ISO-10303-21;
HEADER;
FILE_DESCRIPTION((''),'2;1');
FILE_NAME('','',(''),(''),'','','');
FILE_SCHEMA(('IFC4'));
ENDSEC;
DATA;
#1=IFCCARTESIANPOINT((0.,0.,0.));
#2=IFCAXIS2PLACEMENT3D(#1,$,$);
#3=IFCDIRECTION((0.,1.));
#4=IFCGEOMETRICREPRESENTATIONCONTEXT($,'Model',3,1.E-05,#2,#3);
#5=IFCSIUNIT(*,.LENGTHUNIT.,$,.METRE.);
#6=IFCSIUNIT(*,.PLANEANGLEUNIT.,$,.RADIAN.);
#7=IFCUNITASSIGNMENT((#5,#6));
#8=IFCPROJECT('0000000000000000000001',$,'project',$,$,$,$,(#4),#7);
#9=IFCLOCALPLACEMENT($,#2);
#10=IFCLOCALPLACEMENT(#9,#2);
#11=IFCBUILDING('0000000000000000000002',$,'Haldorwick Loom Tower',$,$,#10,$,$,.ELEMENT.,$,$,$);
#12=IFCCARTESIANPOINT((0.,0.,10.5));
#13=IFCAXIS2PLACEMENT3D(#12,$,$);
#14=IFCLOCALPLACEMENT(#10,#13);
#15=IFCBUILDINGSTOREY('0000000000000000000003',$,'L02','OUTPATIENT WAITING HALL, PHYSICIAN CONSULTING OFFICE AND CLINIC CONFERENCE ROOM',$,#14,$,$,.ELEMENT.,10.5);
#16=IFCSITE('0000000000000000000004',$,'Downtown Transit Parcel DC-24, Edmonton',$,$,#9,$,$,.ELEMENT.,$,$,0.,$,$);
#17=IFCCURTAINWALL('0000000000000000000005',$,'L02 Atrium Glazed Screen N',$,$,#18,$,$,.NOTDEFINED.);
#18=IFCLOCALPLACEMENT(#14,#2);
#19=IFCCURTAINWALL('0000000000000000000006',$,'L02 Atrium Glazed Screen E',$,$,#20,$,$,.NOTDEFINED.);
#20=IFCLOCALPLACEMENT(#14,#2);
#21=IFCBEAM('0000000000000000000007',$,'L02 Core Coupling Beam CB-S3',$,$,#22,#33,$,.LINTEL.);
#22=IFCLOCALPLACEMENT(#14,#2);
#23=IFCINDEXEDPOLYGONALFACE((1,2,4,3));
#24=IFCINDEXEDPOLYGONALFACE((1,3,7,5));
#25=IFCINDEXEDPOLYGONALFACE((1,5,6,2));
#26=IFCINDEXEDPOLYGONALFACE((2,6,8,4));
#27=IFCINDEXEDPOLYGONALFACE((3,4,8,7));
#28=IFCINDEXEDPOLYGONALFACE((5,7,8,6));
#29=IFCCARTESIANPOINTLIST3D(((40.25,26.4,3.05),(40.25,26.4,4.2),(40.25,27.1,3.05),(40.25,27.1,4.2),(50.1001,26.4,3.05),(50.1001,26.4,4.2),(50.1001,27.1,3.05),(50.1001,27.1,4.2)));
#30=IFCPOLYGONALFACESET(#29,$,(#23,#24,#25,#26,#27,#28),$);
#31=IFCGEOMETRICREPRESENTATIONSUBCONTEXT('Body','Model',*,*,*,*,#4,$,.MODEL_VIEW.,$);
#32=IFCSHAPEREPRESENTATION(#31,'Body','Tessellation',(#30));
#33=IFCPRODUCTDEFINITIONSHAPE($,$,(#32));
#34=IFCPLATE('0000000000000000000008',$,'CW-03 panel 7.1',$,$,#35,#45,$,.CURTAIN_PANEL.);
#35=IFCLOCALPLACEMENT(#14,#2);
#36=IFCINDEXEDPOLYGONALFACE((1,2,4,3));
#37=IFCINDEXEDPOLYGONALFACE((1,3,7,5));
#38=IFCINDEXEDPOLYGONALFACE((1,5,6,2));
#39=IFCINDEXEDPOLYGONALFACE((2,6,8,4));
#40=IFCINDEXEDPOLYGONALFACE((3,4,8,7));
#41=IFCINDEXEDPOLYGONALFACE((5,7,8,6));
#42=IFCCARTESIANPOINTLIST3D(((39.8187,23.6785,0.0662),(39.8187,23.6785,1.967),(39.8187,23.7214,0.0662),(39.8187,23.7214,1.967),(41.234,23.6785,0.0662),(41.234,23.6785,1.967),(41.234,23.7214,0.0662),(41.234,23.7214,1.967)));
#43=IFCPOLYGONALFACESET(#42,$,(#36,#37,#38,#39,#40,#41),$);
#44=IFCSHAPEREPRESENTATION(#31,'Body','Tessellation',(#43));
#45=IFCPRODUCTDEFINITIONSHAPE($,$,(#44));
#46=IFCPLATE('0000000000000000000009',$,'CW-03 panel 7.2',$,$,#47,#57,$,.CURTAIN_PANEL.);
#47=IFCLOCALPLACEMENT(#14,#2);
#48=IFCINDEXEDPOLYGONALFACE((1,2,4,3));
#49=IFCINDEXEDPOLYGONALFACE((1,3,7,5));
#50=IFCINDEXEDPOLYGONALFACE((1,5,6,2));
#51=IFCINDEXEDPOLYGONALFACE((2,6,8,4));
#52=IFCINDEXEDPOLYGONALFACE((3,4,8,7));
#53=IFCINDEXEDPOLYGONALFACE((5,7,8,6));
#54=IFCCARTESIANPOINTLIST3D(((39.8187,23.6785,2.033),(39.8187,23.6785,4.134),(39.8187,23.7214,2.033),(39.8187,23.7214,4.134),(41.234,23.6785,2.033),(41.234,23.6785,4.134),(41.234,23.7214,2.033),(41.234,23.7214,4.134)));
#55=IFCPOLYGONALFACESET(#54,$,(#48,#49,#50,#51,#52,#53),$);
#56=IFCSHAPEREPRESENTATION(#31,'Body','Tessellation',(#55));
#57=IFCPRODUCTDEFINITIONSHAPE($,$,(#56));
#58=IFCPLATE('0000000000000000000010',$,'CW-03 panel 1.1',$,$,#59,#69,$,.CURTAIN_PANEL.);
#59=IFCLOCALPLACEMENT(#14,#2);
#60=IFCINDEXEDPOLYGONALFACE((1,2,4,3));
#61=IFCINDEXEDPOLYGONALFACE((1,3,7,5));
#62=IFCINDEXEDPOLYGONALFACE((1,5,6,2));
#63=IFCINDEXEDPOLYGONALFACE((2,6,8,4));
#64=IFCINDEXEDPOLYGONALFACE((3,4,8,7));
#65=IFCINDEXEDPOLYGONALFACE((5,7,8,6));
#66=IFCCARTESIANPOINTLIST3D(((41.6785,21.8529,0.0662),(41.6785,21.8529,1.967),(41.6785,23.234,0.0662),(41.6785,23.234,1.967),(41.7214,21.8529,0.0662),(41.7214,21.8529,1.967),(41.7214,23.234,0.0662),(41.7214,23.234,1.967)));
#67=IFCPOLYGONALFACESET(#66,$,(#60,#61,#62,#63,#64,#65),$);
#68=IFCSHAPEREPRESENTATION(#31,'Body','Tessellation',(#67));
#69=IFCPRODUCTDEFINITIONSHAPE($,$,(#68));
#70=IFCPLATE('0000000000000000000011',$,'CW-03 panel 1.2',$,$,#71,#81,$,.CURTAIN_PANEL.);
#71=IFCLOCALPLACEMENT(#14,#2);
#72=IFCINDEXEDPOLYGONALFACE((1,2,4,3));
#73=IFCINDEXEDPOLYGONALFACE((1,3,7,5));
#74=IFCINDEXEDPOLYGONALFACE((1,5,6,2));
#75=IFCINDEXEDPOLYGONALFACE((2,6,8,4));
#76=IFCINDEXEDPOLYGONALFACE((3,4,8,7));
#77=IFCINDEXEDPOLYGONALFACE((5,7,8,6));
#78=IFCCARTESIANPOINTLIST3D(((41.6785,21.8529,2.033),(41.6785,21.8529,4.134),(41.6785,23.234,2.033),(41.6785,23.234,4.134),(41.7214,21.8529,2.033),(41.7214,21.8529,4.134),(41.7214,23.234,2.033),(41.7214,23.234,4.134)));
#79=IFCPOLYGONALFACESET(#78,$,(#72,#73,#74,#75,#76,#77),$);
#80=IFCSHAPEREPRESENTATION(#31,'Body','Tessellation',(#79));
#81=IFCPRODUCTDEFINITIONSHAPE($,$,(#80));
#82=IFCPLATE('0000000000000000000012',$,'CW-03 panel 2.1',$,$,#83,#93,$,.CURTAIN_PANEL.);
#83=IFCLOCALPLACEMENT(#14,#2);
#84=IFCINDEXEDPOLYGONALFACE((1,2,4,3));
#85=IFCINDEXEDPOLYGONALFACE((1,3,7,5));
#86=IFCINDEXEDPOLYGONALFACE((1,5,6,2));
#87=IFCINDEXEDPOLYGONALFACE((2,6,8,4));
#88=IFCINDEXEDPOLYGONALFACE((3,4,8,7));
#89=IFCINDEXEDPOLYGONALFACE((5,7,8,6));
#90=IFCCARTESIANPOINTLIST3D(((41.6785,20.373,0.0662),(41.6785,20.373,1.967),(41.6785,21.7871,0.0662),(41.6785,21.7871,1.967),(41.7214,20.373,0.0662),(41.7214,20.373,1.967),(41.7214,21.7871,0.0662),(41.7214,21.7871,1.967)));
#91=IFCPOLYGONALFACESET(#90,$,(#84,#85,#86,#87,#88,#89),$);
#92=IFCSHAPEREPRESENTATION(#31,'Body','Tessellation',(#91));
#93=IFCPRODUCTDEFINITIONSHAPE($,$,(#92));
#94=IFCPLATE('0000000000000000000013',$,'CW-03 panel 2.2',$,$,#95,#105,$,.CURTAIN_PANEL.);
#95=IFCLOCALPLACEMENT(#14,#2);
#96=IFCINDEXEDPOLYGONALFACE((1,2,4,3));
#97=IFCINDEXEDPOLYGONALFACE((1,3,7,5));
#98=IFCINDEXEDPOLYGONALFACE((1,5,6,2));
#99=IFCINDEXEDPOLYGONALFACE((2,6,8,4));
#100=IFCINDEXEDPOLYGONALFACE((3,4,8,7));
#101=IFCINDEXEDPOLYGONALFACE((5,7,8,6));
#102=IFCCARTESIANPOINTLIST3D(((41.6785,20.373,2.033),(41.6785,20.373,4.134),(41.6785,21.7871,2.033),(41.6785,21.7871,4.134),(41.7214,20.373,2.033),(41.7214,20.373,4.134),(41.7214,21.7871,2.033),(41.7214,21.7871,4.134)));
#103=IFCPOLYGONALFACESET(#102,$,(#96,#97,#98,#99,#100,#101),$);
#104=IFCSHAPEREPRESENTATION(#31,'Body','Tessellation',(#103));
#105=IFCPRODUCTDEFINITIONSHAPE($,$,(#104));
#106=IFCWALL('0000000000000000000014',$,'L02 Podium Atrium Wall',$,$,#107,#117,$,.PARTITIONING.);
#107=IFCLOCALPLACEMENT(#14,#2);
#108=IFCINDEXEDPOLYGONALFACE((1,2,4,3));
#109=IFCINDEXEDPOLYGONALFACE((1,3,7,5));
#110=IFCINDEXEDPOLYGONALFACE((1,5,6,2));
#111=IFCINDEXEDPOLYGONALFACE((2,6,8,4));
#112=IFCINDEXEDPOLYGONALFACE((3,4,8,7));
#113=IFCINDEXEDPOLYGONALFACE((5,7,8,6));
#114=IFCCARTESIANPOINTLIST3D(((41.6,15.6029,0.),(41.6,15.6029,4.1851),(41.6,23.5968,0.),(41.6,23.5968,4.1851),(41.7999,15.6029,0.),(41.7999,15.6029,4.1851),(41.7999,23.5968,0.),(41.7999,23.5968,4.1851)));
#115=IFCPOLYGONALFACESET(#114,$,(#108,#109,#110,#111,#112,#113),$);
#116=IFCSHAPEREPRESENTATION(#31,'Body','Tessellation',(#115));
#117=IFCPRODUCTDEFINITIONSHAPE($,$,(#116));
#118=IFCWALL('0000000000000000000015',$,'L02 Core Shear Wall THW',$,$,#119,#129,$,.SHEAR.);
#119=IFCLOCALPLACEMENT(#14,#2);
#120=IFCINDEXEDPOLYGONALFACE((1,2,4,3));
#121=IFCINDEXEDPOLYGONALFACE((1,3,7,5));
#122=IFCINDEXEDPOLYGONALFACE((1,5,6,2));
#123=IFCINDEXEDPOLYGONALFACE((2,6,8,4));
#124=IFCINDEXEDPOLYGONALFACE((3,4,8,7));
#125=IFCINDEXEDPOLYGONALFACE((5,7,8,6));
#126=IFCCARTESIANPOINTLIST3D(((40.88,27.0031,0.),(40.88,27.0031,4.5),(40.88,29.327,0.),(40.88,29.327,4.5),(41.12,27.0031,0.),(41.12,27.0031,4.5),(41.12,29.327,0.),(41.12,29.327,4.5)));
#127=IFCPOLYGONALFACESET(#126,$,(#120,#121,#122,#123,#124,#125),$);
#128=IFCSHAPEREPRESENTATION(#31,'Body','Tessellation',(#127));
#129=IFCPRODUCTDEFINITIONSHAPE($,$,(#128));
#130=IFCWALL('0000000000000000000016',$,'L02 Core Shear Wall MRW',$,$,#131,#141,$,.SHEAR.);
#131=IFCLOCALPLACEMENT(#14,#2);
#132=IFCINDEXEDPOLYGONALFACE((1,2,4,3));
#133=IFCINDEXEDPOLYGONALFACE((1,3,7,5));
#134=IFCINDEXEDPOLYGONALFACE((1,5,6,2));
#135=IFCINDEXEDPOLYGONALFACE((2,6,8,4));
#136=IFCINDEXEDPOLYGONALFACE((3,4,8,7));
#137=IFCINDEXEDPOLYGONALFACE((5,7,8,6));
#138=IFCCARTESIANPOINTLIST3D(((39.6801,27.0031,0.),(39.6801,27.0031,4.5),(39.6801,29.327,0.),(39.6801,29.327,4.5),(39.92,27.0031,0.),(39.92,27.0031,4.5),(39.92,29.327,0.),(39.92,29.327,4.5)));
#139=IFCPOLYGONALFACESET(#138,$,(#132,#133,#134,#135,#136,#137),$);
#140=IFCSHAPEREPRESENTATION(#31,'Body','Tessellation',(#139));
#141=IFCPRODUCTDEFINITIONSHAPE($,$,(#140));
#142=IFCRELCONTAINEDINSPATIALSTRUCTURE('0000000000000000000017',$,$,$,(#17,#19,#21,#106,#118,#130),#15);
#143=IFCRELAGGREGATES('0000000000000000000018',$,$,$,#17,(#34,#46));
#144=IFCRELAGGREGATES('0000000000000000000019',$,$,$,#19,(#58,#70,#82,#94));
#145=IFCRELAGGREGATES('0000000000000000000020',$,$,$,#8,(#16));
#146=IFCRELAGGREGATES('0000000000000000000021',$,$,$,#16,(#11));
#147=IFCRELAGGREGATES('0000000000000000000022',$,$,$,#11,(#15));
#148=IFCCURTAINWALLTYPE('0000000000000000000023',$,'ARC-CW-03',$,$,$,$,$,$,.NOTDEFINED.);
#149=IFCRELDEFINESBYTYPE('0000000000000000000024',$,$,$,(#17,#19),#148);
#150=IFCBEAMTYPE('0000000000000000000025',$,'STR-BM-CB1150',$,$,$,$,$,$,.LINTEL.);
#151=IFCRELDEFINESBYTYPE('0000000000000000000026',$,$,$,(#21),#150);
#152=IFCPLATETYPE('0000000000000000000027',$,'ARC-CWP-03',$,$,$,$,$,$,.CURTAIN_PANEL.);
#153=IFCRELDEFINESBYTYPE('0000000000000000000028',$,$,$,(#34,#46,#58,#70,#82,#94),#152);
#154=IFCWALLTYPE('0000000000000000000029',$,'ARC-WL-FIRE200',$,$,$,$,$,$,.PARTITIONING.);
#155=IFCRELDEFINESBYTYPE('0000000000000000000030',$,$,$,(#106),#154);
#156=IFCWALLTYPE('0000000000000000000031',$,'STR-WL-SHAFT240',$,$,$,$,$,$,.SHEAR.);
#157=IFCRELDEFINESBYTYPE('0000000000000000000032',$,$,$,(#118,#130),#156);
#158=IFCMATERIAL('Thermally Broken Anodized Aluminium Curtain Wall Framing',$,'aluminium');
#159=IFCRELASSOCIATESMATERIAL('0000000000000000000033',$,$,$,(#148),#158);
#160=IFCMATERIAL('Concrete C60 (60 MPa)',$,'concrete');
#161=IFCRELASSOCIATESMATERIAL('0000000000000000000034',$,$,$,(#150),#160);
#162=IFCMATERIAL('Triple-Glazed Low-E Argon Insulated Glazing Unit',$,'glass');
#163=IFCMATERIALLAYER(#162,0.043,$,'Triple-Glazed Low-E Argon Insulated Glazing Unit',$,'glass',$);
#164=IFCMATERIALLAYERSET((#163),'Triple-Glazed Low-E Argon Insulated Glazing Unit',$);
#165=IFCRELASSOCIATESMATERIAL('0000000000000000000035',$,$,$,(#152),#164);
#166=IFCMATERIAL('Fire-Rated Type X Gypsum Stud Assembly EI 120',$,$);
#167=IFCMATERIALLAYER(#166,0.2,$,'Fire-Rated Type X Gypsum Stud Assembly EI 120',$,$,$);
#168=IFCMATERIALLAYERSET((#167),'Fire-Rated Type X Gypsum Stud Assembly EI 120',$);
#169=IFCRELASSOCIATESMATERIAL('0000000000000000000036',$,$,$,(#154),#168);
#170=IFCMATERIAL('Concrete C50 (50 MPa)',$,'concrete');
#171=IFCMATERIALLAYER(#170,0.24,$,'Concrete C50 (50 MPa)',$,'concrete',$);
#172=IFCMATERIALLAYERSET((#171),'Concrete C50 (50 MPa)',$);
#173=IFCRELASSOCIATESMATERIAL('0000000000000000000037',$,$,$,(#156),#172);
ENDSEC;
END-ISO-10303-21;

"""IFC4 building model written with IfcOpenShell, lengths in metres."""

from ifc_helpers import new_model, si_unit, direction, frame, frame_2d, origin, origin_2d, place, context, subcontext, project, spatial, rectangle, extrude, material, layer, layer_set, material_profile, profile_set, type_object, element, aggregate, save


model = new_model("IFC4")

# Units and contexts
model_context = context("Model", 3, precision=1e-05, world=origin(), true_north=direction((0.0, 1.0)))
body_context = subcontext(model_context, "Body", "Model", "MODEL_VIEW")
ifc_project = project(units=[si_unit("LENGTHUNIT", "METRE"), si_unit("PLANEANGLEUNIT", "RADIAN")], contexts=[model_context])

# Site, building, storey
site_placement = place(None, origin())
site = spatial("IfcSite", under=ifc_project, at=site_placement, Name="Downtown Transit Parcel DC-24, Edmonton", CompositionType="ELEMENT", RefElevation=0.0)
building_placement = place(site_placement, origin())
building = spatial("IfcBuilding", under=site, at=building_placement, Name="Haldorwick Loom Tower", CompositionType="ELEMENT")
storey_placement = place(building_placement, frame((0.0, 0.0, 10.5)))
storey = spatial("IfcBuildingStorey", under=building, at=storey_placement, Name="L02", Description="OUTPATIENT WAITING HALL, PHYSICIAN CONSULTING OFFICE AND CLINIC CONFERENCE ROOM", CompositionType="ELEMENT", Elevation=10.5)

# Curtain walls
ifc_material_1 = material(Name="Thermally Broken Anodized Aluminium Curtain Wall Framing", Category="aluminium")
curtain_wall_type = type_object("IfcCurtainWallType", Name="ARC-CW-03", PredefinedType="NOTDEFINED", material=ifc_material_1)
curtain_wall_1_placement = place(storey_placement, origin())
curtain_wall_1 = element("IfcCurtainWall", 1, at=curtain_wall_1_placement, inside=storey, type_object=curtain_wall_type, Name="L02 Atrium Glazed Screen N", PredefinedType="NOTDEFINED")
curtain_wall_2_placement = place(storey_placement, origin())
curtain_wall_2 = element("IfcCurtainWall", 2, at=curtain_wall_2_placement, inside=storey, type_object=curtain_wall_type, Name="L02 Atrium Glazed Screen E", PredefinedType="NOTDEFINED")

# Beam
ifc_material_2 = material(Name="Concrete C60 (60 MPa)", Category="concrete")
ifc_material_profile_1 = material_profile(ifc_material_2, rectangle(XDim=0.7, YDim=1.1499, at=origin_2d()), Name="RC700X1150", Category="concrete")
ifc_profile_set_1 = profile_set([ifc_material_profile_1], Name="Concrete C60 (60 MPa)")
beam_type = type_object("IfcBeamType", Name="STR-BM-CB1150", PredefinedType="LINTEL", material=ifc_profile_set_1)
beam_placement = place(storey_placement, frame((40.25, 26.75, 3.625), z_axis=(1.0, 0.0, 0.0), x_axis=(0.0, 1.0, 0.0)))
element("IfcBeam", 3, at=beam_placement, inside=storey, type_object=beam_type, Name="L02 Core Coupling Beam CB-S3", PredefinedType="LINTEL", context=body_context, shape_type="SweptSolid", body=[
    extrude(rectangle(XDim=0.7, YDim=1.1499, at=origin_2d()), origin(), (0.0, 0.0, 1.0), 9.8501),
])

# Plates
ifc_material_3 = material(Name="Triple-Glazed Low-E Argon Insulated Glazing Unit", Category="glass")
ifc_layer_1 = layer(ifc_material_3, 0.043, Name="Triple-Glazed Low-E Argon Insulated Glazing Unit", Category="glass")
ifc_layer_set_1 = layer_set([ifc_layer_1], Name="Triple-Glazed Low-E Argon Insulated Glazing Unit")
plate_type = type_object("IfcPlateType", Name="ARC-CWP-03", PredefinedType="CURTAIN_PANEL", material=ifc_layer_set_1)
plate_1_placement = place(storey_placement, frame((40.5264, 23.7, 0.0662), z_axis=(0.0, 0.0, 1.0), x_axis=(1.0, 0.0, 0.0)))
plate_1 = element("IfcPlate", 4, at=plate_1_placement, type_object=plate_type, Name="CW-03 panel 7.1", PredefinedType="CURTAIN_PANEL", context=body_context, shape_type="SweptSolid", body=[
    extrude(rectangle(XDim=1.4153, YDim=0.043, at=origin_2d()), origin(), (0.0, 0.0, 1.0), 1.9009),
])
plate_2_placement = place(storey_placement, frame((40.5264, 23.7, 2.033), z_axis=(0.0, 0.0, 1.0), x_axis=(1.0, 0.0, 0.0)))
plate_2 = element("IfcPlate", 5, at=plate_2_placement, type_object=plate_type, Name="CW-03 panel 7.2", PredefinedType="CURTAIN_PANEL", context=body_context, shape_type="SweptSolid", body=[
    extrude(rectangle(XDim=1.4153, YDim=0.043, at=origin_2d()), origin(), (0.0, 0.0, 1.0), 2.1011),
])
aggregate(curtain_wall_1, [plate_1, plate_2])
plate_3_placement = place(storey_placement, frame((41.7, 22.5435, 0.0662), z_axis=(0.0, 0.0, 1.0), x_axis=(0.0, -1.0, 0.0)))
plate_3 = element("IfcPlate", 6, at=plate_3_placement, type_object=plate_type, Name="CW-03 panel 1.1", PredefinedType="CURTAIN_PANEL", context=body_context, shape_type="SweptSolid", body=[
    extrude(rectangle(XDim=1.3811, YDim=0.043, at=origin_2d()), origin(), (0.0, 0.0, 1.0), 1.9009),
])
plate_4_placement = place(storey_placement, frame((41.7, 22.5435, 2.033), z_axis=(0.0, 0.0, 1.0), x_axis=(0.0, -1.0, 0.0)))
plate_4 = element("IfcPlate", 7, at=plate_4_placement, type_object=plate_type, Name="CW-03 panel 1.2", PredefinedType="CURTAIN_PANEL", context=body_context, shape_type="SweptSolid", body=[
    extrude(rectangle(XDim=1.3811, YDim=0.043, at=origin_2d()), origin(), (0.0, 0.0, 1.0), 2.1011),
])
plate_5_placement = place(storey_placement, frame((41.7, 21.0801, 0.0662), z_axis=(0.0, 0.0, 1.0), x_axis=(0.0, -1.0, 0.0)))
plate_5 = element("IfcPlate", 8, at=plate_5_placement, type_object=plate_type, Name="CW-03 panel 2.1", PredefinedType="CURTAIN_PANEL", context=body_context, shape_type="SweptSolid", body=[
    extrude(rectangle(XDim=1.4141, YDim=0.043, at=origin_2d()), origin(), (0.0, 0.0, 1.0), 1.9009),
])
plate_6_placement = place(storey_placement, frame((41.7, 21.0801, 2.033), z_axis=(0.0, 0.0, 1.0), x_axis=(0.0, -1.0, 0.0)))
plate_6 = element("IfcPlate", 9, at=plate_6_placement, type_object=plate_type, Name="CW-03 panel 2.2", PredefinedType="CURTAIN_PANEL", context=body_context, shape_type="SweptSolid", body=[
    extrude(rectangle(XDim=1.4141, YDim=0.043, at=origin_2d()), origin(), (0.0, 0.0, 1.0), 2.1011),
])
aggregate(curtain_wall_2, [plate_3, plate_4, plate_5, plate_6])

# Walls
ifc_material_4 = material(Name="Fire-Rated Type X Gypsum Stud Assembly EI 120")
ifc_layer_2 = layer(ifc_material_4, 0.2, Name="Fire-Rated Type X Gypsum Stud Assembly EI 120")
ifc_layer_set_2 = layer_set([ifc_layer_2], Name="Fire-Rated Type X Gypsum Stud Assembly EI 120")
wall_type_1 = type_object("IfcWallType", Name="ARC-WL-FIRE200", PredefinedType="PARTITIONING", material=ifc_layer_set_2)
wall_placement = place(storey_placement, frame((41.7, 23.5969, 0.0), z_axis=(0.0, 0.0, 1.0), x_axis=(0.0, -1.0, 0.0)))
element("IfcWall", 10, at=wall_placement, inside=storey, type_object=wall_type_1, Name="L02 Podium Atrium Wall", PredefinedType="PARTITIONING", context=body_context, shape_type="SweptSolid", body=[
    extrude(rectangle(XDim=7.9939, YDim=0.2, at=frame_2d((3.9971, 0.0))), origin(), (0.0, 0.0, 1.0), 4.1851),
])
ifc_material_5 = material(Name="Concrete C50 (50 MPa)", Category="concrete")
ifc_layer_3 = layer(ifc_material_5, 0.24, Name="Concrete C50 (50 MPa)", Category="concrete")
ifc_layer_set_3 = layer_set([ifc_layer_3], Name="Concrete C50 (50 MPa)")
wall_type_2 = type_object("IfcWallType", Name="STR-WL-SHAFT240", PredefinedType="SHEAR", material=ifc_layer_set_3)
for number, where, z_axis, x_axis, name in (
    (11, (41.0, 27.0029, 0.0), (0.0, 0.0, 1.0), (0.0, 1.0, 0.0), "L02 Core Shear Wall THW"),
    (12, (39.8, 27.0029, 0.0), (0.0, 0.0, 1.0), (0.0, 1.0, 0.0), "L02 Core Shear Wall MRW"),
):
    element("IfcWall", number, at=place(storey_placement, frame(where, z_axis=z_axis, x_axis=x_axis)), inside=storey, type_object=wall_type_2, Name=name, PredefinedType="SHEAR", context=body_context, shape_type="SweptSolid", body=[
        extrude(rectangle(XDim=2.324, YDim=0.24, at=frame_2d((1.1621, 0.0))), origin(), (0.0, 0.0, 1.0), 4.5),
    ])

save(model, "model.ifc")
